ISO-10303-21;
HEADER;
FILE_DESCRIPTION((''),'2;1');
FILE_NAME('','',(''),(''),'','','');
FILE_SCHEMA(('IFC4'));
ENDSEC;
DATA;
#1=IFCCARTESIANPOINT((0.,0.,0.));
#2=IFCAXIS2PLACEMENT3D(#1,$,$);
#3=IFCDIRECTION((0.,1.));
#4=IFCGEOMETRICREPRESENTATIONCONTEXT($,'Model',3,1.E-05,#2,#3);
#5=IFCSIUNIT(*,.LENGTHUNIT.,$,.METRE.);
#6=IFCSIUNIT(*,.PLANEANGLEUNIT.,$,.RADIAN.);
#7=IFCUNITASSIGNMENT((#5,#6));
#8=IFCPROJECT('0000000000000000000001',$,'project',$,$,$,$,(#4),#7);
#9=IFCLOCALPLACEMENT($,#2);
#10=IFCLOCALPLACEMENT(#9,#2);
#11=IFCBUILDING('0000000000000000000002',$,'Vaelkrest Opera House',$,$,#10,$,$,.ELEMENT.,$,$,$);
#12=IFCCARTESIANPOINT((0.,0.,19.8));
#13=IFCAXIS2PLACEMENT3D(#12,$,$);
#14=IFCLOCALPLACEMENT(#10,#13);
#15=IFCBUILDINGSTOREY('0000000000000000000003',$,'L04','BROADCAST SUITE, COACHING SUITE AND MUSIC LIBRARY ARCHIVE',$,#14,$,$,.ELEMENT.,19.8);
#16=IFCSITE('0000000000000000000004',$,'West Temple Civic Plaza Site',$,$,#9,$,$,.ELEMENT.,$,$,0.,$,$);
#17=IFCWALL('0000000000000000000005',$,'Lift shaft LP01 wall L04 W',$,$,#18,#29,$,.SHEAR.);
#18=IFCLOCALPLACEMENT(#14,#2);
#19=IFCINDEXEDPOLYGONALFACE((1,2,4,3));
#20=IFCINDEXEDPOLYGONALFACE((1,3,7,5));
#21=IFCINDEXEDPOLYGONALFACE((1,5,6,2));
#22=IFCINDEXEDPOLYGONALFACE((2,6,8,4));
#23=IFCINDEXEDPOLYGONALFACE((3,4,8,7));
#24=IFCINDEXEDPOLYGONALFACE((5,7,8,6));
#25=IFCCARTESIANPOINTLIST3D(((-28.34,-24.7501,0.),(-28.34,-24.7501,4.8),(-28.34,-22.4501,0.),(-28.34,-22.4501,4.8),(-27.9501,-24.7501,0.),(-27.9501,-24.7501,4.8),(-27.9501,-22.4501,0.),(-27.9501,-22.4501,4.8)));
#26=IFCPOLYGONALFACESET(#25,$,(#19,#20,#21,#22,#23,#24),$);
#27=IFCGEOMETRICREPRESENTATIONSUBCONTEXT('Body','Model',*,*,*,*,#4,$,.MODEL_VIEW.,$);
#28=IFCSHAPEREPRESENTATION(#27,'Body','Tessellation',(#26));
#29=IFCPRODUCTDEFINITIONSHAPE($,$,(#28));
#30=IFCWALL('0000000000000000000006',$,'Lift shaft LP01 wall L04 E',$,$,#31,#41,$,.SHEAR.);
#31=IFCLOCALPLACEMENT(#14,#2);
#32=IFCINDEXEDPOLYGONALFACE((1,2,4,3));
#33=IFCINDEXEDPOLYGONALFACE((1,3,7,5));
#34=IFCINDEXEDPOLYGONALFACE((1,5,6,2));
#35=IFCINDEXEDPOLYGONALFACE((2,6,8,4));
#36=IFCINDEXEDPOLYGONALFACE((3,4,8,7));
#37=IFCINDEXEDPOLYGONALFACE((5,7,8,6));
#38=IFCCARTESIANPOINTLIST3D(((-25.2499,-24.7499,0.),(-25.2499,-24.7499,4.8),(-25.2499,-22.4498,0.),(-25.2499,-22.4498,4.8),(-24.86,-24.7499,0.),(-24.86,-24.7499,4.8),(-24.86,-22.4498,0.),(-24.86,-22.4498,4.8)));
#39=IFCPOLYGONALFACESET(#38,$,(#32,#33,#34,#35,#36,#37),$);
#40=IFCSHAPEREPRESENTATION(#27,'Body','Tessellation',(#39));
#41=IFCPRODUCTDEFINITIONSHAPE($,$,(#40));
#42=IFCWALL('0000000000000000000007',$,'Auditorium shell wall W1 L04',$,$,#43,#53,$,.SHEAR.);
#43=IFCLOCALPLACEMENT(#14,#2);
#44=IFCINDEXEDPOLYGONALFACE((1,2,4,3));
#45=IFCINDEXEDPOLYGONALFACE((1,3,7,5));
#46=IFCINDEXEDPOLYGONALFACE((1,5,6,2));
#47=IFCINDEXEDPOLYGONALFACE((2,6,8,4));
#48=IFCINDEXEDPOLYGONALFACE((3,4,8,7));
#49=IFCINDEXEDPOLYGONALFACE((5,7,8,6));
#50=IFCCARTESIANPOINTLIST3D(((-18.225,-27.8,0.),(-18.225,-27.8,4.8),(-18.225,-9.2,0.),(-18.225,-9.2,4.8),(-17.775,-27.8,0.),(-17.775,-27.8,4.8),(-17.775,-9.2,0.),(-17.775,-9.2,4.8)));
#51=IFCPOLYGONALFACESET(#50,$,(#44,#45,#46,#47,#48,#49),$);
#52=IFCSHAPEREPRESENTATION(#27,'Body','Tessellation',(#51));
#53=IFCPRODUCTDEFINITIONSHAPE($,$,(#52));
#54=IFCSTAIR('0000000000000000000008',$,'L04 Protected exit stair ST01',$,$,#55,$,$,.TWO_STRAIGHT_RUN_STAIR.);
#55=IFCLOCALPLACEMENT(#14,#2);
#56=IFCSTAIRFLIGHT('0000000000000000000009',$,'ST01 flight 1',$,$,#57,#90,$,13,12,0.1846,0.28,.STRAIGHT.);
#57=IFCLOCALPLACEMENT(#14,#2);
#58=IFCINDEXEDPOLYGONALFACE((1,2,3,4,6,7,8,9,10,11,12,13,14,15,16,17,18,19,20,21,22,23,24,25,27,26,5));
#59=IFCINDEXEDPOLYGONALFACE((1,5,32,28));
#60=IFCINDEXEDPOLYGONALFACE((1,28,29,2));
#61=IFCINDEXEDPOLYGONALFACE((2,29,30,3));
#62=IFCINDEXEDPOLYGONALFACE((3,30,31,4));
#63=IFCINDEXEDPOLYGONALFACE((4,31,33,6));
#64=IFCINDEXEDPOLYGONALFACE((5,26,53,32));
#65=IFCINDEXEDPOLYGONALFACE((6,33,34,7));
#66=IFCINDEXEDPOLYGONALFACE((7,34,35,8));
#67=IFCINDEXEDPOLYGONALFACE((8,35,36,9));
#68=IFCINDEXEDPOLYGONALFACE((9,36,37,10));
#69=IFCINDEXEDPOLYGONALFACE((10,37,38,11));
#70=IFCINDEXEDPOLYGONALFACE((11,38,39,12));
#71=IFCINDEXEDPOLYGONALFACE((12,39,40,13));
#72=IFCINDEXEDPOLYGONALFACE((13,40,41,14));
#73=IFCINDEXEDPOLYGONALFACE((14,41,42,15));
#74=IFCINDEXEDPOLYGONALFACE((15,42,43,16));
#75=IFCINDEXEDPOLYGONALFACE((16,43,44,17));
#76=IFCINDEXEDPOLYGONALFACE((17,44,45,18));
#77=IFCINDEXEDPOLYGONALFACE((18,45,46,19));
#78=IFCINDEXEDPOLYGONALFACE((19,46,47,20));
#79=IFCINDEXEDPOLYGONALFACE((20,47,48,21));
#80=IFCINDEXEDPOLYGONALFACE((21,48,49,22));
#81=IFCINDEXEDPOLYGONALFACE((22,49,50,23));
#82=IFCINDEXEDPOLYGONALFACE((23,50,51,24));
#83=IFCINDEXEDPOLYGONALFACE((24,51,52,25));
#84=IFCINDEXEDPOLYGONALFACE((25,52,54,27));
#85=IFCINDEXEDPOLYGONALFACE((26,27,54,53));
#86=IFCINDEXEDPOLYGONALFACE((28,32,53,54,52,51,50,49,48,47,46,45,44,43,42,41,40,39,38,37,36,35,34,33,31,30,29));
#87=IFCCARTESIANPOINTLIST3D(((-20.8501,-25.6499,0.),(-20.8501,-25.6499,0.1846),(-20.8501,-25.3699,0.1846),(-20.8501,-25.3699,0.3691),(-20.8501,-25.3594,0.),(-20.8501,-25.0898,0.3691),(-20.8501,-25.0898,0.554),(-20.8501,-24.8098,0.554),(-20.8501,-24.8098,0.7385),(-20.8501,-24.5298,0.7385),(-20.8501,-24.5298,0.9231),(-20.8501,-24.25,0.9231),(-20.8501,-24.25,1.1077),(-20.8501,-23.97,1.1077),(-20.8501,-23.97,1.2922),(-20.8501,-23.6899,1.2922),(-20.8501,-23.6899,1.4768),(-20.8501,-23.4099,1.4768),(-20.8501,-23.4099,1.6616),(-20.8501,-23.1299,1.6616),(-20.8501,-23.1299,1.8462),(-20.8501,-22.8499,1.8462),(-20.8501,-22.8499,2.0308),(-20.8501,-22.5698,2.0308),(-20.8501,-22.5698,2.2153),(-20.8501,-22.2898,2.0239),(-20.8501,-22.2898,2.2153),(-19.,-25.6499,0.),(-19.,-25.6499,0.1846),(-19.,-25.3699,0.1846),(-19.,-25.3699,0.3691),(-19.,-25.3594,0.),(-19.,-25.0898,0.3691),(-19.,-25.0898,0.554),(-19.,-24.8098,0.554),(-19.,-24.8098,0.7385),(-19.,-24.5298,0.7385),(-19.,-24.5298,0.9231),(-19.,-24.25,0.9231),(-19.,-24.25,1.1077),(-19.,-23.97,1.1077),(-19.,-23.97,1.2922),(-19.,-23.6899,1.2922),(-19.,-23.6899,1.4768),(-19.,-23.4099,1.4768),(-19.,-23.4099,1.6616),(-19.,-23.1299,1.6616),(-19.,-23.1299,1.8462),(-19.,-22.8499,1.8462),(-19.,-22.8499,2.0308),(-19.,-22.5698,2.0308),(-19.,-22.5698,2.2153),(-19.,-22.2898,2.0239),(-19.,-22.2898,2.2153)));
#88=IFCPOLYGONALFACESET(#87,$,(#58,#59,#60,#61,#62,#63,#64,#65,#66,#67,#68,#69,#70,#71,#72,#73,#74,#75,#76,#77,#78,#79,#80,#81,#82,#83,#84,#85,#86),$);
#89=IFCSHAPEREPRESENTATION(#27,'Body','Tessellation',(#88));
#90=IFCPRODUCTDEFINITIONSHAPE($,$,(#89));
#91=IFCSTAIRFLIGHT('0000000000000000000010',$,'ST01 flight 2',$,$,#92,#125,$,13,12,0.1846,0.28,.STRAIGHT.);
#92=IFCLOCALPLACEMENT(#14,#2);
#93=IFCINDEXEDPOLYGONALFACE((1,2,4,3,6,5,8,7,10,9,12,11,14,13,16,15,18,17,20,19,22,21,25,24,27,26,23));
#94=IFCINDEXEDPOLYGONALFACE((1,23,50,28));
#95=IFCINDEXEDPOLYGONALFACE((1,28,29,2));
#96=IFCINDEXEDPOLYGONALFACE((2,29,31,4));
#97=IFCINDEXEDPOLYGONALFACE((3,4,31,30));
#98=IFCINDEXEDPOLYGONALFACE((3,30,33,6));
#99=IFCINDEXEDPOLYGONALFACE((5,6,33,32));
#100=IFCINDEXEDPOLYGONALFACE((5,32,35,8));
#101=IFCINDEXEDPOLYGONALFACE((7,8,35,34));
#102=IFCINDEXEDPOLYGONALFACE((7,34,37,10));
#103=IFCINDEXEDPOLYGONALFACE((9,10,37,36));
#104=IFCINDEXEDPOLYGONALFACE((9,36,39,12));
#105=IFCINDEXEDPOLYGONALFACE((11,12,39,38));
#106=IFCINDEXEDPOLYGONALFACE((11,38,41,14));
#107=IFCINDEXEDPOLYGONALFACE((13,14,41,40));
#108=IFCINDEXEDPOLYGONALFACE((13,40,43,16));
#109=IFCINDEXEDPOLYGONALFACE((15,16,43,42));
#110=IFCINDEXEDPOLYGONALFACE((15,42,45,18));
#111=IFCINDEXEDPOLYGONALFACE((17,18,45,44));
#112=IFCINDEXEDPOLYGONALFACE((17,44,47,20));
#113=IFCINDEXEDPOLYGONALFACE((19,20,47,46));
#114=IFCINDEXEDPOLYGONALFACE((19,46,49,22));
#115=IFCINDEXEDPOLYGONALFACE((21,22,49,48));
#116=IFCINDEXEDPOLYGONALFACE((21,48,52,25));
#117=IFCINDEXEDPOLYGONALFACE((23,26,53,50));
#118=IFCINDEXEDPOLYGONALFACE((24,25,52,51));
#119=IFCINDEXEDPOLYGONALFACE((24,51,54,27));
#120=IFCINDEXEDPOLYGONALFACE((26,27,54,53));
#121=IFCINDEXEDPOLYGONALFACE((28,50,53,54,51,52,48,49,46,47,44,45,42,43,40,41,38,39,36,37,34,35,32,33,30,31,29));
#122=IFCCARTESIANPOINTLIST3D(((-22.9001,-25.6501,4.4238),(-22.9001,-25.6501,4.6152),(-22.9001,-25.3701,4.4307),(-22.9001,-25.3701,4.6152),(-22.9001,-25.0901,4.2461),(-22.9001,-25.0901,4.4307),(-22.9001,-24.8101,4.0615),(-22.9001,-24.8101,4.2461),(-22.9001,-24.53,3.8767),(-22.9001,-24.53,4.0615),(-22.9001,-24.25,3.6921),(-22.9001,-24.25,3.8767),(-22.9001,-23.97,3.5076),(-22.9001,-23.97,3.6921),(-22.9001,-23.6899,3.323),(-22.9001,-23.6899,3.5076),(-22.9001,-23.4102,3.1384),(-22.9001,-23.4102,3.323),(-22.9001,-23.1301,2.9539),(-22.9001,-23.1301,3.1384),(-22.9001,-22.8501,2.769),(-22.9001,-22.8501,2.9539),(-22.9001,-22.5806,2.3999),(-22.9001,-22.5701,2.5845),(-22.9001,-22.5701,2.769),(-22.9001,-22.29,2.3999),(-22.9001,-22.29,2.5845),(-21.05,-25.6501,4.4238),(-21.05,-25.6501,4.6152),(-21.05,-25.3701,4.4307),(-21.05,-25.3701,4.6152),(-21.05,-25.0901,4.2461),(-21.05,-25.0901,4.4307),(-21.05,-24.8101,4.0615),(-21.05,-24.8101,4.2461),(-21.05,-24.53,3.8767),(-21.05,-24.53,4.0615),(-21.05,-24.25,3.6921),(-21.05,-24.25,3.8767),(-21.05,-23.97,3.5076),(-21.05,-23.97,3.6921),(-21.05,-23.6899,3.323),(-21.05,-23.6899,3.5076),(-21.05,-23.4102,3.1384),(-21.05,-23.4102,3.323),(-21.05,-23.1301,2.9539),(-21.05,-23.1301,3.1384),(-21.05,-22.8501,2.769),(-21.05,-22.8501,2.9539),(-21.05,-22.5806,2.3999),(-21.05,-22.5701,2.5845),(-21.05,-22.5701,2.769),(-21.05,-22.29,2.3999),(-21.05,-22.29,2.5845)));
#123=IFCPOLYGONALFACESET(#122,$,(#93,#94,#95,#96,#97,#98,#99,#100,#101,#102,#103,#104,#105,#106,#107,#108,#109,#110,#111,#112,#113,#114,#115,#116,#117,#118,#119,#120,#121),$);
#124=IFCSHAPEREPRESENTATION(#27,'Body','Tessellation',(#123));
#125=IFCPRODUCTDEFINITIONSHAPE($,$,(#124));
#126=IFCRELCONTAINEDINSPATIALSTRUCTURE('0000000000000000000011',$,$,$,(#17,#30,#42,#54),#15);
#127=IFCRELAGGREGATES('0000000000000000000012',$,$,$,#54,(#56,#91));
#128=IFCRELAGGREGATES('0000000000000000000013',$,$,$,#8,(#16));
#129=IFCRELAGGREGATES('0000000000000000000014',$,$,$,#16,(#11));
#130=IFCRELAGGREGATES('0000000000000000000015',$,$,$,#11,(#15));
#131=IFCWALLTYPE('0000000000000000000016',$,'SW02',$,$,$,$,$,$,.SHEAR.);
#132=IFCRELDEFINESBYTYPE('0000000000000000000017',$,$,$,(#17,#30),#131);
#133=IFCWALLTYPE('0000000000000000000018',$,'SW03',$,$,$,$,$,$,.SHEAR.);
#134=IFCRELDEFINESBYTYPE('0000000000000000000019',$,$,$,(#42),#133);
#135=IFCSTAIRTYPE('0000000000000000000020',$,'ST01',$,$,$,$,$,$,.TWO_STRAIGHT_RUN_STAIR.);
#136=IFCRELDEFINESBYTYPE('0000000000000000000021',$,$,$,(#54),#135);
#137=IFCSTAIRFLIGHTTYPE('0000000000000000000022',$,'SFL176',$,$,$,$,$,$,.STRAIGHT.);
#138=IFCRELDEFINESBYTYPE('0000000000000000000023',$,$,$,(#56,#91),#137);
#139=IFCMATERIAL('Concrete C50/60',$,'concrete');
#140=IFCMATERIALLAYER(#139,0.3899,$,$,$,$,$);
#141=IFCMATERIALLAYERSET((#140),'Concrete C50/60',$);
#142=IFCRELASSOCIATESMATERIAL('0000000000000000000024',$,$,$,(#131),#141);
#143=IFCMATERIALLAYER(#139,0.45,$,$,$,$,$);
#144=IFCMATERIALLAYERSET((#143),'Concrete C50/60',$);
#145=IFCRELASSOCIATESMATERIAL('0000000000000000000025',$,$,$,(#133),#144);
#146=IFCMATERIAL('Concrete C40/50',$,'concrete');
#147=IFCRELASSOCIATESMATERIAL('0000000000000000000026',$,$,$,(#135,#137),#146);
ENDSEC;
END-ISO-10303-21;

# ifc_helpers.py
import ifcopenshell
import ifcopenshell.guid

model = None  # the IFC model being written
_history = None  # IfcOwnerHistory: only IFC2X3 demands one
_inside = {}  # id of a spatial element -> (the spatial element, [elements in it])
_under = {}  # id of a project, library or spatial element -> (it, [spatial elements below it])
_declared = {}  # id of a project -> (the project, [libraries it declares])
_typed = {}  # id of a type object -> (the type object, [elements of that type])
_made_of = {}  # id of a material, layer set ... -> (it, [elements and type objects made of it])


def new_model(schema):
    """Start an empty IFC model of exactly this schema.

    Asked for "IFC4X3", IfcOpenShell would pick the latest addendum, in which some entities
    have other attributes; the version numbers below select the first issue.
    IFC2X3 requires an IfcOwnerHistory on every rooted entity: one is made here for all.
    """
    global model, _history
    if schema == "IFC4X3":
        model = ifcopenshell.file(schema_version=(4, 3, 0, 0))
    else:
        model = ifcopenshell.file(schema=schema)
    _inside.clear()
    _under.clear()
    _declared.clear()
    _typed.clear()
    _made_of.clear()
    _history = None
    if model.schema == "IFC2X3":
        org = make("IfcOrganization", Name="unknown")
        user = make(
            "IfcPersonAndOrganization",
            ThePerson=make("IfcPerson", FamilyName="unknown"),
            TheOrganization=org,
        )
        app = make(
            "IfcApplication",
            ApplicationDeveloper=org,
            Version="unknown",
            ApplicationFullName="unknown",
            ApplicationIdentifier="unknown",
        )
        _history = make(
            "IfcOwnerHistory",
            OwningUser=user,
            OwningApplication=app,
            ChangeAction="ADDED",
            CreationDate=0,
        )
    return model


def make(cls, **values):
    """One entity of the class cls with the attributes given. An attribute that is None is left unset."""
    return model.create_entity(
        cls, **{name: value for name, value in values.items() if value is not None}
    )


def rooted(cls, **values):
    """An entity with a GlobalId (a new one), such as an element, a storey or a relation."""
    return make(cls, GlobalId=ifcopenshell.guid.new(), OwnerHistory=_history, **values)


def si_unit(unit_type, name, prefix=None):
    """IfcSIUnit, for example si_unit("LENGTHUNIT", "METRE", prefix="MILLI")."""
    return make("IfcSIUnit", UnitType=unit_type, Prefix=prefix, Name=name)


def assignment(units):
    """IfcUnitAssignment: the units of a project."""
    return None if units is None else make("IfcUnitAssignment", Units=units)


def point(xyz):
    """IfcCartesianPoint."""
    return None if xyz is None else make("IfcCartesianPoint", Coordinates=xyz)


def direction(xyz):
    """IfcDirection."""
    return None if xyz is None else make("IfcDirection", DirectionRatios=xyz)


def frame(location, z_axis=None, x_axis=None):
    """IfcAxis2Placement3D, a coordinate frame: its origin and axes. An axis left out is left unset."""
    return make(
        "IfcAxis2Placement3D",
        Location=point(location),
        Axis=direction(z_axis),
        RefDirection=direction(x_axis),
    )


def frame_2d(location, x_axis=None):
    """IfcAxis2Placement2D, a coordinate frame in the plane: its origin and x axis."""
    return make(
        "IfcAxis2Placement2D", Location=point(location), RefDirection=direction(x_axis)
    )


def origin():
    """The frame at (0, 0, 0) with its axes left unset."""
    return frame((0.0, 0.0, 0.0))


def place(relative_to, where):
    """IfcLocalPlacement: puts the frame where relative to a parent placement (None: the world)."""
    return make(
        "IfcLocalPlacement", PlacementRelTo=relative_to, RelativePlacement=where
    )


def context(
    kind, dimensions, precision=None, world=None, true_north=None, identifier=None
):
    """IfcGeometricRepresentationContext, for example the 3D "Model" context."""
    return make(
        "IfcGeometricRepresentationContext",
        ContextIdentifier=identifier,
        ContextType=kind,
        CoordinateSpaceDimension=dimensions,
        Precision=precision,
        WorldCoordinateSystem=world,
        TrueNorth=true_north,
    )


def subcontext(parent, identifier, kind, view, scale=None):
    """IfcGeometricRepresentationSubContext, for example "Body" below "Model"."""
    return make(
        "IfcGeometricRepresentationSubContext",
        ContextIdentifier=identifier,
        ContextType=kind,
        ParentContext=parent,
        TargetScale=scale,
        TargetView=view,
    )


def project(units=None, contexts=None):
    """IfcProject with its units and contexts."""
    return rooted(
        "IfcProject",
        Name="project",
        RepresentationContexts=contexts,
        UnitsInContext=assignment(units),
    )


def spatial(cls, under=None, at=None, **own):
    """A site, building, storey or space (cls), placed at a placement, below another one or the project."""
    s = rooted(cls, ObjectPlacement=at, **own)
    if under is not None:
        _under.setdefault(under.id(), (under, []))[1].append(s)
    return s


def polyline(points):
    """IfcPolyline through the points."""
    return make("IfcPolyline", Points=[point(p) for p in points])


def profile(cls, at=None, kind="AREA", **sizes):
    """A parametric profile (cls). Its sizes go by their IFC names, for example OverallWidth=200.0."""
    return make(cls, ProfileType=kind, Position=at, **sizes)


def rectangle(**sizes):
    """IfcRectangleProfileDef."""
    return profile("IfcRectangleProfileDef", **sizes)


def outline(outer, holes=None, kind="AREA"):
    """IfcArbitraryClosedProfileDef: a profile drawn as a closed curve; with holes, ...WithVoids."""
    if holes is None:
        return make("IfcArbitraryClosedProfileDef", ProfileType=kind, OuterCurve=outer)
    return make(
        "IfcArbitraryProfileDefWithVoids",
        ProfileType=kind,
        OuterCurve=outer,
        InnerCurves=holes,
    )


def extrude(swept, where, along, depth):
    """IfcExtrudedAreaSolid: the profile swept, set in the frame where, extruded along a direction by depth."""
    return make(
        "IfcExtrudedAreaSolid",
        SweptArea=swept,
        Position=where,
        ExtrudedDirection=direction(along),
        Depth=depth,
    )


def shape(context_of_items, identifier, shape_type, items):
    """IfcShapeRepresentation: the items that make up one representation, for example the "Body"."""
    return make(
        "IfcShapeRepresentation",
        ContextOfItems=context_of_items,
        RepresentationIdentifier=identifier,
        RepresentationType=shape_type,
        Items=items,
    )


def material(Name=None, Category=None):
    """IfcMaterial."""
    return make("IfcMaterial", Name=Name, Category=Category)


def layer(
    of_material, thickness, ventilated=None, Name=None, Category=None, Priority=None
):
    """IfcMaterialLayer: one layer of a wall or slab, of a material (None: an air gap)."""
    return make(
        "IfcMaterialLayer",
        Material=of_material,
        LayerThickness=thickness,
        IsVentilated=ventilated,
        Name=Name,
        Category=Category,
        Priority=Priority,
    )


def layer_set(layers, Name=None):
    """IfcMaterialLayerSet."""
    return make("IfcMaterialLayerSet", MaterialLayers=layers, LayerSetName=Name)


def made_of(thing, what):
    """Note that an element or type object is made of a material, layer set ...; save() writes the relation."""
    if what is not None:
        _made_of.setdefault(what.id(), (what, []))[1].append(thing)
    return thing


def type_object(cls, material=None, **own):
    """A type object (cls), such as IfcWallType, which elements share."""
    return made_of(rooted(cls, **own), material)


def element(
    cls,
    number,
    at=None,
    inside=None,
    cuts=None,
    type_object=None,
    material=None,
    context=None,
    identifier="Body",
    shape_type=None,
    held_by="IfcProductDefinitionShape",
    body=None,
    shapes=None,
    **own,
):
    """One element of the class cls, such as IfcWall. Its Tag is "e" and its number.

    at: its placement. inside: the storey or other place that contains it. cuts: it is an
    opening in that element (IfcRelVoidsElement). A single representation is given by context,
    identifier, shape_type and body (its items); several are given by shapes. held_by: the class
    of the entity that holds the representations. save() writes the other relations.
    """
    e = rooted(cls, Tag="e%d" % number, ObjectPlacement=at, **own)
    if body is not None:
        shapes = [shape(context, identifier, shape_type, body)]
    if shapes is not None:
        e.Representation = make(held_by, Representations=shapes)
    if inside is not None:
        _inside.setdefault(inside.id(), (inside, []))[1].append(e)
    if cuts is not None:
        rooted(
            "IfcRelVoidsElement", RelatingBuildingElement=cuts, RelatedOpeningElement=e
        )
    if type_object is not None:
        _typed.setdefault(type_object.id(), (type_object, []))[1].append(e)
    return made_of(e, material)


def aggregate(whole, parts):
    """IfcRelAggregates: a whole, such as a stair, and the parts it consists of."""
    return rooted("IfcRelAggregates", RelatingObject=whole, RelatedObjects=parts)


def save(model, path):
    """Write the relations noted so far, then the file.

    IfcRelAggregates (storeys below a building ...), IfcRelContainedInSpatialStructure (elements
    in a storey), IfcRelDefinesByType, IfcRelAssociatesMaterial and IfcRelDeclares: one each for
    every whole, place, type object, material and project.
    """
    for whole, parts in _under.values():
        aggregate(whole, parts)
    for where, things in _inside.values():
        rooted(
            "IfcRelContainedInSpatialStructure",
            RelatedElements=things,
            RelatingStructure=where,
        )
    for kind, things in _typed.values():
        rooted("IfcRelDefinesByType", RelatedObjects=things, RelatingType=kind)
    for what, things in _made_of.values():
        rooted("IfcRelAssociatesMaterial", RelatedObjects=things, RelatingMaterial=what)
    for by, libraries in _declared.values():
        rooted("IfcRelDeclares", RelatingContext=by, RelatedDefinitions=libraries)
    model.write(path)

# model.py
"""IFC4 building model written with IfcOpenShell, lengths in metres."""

from ifc_helpers import new_model, si_unit, direction, frame, frame_2d, origin, place, context, subcontext, project, spatial, polyline, rectangle, outline, extrude, material, layer, layer_set, type_object, element, aggregate, save


model = new_model("IFC4")

# Units and contexts
model_context = context("Model", 3, precision=1e-05, world=origin(), true_north=direction((0.0, 1.0)))
body_context = subcontext(model_context, "Body", "Model", "MODEL_VIEW")
ifc_project = project(units=[si_unit("LENGTHUNIT", "METRE"), si_unit("PLANEANGLEUNIT", "RADIAN")], contexts=[model_context])

# Site, building, storey
site_placement = place(None, origin())
site = spatial("IfcSite", under=ifc_project, at=site_placement, Name="West Temple Civic Plaza Site", CompositionType="ELEMENT", RefElevation=0.0)
building_placement = place(site_placement, origin())
building = spatial("IfcBuilding", under=site, at=building_placement, Name="Vaelkrest Opera House", CompositionType="ELEMENT")
storey_placement = place(building_placement, frame((0.0, 0.0, 19.8)))
storey = spatial("IfcBuildingStorey", under=building, at=storey_placement, Name="L04", Description="BROADCAST SUITE, COACHING SUITE AND MUSIC LIBRARY ARCHIVE", CompositionType="ELEMENT", Elevation=19.8)

# Shared definitions
ifc_material_1 = material(Name="Concrete C50/60", Category="concrete")

# Shared definitions
ifc_layer_1 = layer(ifc_material_1, 0.3899)
ifc_layer_set_1 = layer_set([ifc_layer_1], Name="Concrete C50/60")
wall_type_1 = type_object("IfcWallType", Name="SW02", PredefinedType="SHEAR", material=ifc_layer_set_1)

# Walls
for number, where, z_axis, x_axis, name in (
    (1, (-28.145, -24.75, 0.0), (0.0, 0.0, 1.0), (0.0, 1.0, 0.0), "Lift shaft LP01 wall L04 W"),
    (2, (-25.0549, -22.45, 0.0), (0.0, 0.0, 1.0), (0.0, -1.0, 0.0), "Lift shaft LP01 wall L04 E"),
):
    element("IfcWall", number, at=place(storey_placement, frame(where, z_axis=z_axis, x_axis=x_axis)), inside=storey, type_object=wall_type_1, Name=name, PredefinedType="SHEAR", context=body_context, shape_type="SweptSolid", body=[
        extrude(rectangle(XDim=2.3, YDim=0.3899, at=frame_2d((1.1499, 0.0))), origin(), (0.0, 0.0, 1.0), 4.8),
    ])
ifc_layer_2 = layer(ifc_material_1, 0.45)
ifc_layer_set_2 = layer_set([ifc_layer_2], Name="Concrete C50/60")
wall_type_2 = type_object("IfcWallType", Name="SW03", PredefinedType="SHEAR", material=ifc_layer_set_2)
wall_1_placement = place(storey_placement, frame((-18.0, -27.8, 0.0), z_axis=(0.0, 0.0, 1.0), x_axis=(0.0, 1.0, 0.0)))
element("IfcWall", 3, at=wall_1_placement, inside=storey, type_object=wall_type_2, Name="Auditorium shell wall W1 L04", PredefinedType="SHEAR", context=body_context, shape_type="SweptSolid", body=[
    extrude(rectangle(XDim=18.6001, YDim=0.45, at=frame_2d((9.3, 0.0))), origin(), (0.0, 0.0, 1.0), 4.8),
])

# Stair, stair flights
ifc_material_2 = material(Name="Concrete C40/50", Category="concrete")
stair_type = type_object("IfcStairType", Name="ST01", PredefinedType="TWO_STRAIGHT_RUN_STAIR", material=ifc_material_2)
stair_placement = place(storey_placement, origin())
stair = element("IfcStair", 4, at=stair_placement, inside=storey, type_object=stair_type, Name="L04 Protected exit stair ST01", PredefinedType="TWO_STRAIGHT_RUN_STAIR")
stair_flight_type = type_object("IfcStairFlightType", Name="SFL176", PredefinedType="STRAIGHT", material=ifc_material_2)
stair_flight_1_placement = place(storey_placement, frame((-19.925, -25.6499, 0.0), z_axis=(0.0, 0.0, 1.0), x_axis=(0.0, 1.0, 0.0)))
stair_flight_1 = element("IfcStairFlight", 5, at=stair_flight_1_placement, type_object=stair_flight_type, Name="ST01 flight 1", NumberOfRisers=13, NumberOfTreads=12, PredefinedType="STRAIGHT", RiserHeight=0.1846, TreadLength=0.28, context=body_context, shape_type="SweptSolid", body=[
    extrude(outline(polyline([(0.0, 0.0), (0.0, 0.1846), (0.28, 0.1846), (0.28, 0.3691), (0.5601, 0.3691), (0.5601, 0.554), (0.8401, 0.554), (0.8401, 0.7385), (1.1201, 0.7385), (1.1201, 0.9231), (1.3999, 0.9231), (1.3999, 1.1077), (1.6799, 1.1077), (1.6799, 1.2922), (1.96, 1.2922), (1.96, 1.4768), (2.24, 1.4768), (2.24, 1.6616), (2.52, 1.6616), (2.52, 1.8462), (2.8, 1.8462), (2.8, 2.0308), (3.0801, 2.0308), (3.0801, 2.2153), (3.3601, 2.2153), (3.3601, 2.3999), (3.3601, 2.0239), (0.2905, 0.0), (0.0, 0.0)])), frame((0.0, 0.925, 0.0), z_axis=(0.0, -1.0, 0.0), x_axis=(1.0, 0.0, 0.0)), (0.0, 0.0, 1.0), 1.8501),
])
stair_flight_2_placement = place(storey_placement, frame((-21.9751, -22.29, 2.3999), z_axis=(0.0, 0.0, 1.0), x_axis=(0.0, -1.0, 0.0)))
stair_flight_2 = element("IfcStairFlight", 6, at=stair_flight_2_placement, type_object=stair_flight_type, Name="ST01 flight 2", NumberOfRisers=13, NumberOfTreads=12, PredefinedType="STRAIGHT", RiserHeight=0.1846, TreadLength=0.28, context=body_context, shape_type="SweptSolid", body=[
    extrude(outline(polyline([(0.0, 0.0), (0.0, 0.1846), (0.28, 0.1846), (0.28, 0.3691), (0.5601, 0.3691), (0.5601, 0.554), (0.8401, 0.554), (0.8401, 0.7385), (1.1201, 0.7385), (1.1201, 0.9231), (1.3999, 0.9231), (1.3999, 1.1077), (1.6799, 1.1077), (1.6799, 1.2922), (1.96, 1.2922), (1.96, 1.4768), (2.24, 1.4768), (2.24, 1.6616), (2.52, 1.6616), (2.52, 1.8462), (2.8, 1.8462), (2.8, 2.0308), (3.0801, 2.0308), (3.0801, 2.2153), (3.3601, 2.2153), (3.3601, 2.3999), (3.3601, 2.0239), (0.2905, 0.0), (0.0, 0.0)])), frame((0.0, 0.925, 0.0), z_axis=(0.0, -1.0, 0.0), x_axis=(1.0, 0.0, 0.0)), (0.0, 0.0, 1.0), 1.8501),
])
aggregate(stair, [stair_flight_1, stair_flight_2])

save(model, "model.ifc")
